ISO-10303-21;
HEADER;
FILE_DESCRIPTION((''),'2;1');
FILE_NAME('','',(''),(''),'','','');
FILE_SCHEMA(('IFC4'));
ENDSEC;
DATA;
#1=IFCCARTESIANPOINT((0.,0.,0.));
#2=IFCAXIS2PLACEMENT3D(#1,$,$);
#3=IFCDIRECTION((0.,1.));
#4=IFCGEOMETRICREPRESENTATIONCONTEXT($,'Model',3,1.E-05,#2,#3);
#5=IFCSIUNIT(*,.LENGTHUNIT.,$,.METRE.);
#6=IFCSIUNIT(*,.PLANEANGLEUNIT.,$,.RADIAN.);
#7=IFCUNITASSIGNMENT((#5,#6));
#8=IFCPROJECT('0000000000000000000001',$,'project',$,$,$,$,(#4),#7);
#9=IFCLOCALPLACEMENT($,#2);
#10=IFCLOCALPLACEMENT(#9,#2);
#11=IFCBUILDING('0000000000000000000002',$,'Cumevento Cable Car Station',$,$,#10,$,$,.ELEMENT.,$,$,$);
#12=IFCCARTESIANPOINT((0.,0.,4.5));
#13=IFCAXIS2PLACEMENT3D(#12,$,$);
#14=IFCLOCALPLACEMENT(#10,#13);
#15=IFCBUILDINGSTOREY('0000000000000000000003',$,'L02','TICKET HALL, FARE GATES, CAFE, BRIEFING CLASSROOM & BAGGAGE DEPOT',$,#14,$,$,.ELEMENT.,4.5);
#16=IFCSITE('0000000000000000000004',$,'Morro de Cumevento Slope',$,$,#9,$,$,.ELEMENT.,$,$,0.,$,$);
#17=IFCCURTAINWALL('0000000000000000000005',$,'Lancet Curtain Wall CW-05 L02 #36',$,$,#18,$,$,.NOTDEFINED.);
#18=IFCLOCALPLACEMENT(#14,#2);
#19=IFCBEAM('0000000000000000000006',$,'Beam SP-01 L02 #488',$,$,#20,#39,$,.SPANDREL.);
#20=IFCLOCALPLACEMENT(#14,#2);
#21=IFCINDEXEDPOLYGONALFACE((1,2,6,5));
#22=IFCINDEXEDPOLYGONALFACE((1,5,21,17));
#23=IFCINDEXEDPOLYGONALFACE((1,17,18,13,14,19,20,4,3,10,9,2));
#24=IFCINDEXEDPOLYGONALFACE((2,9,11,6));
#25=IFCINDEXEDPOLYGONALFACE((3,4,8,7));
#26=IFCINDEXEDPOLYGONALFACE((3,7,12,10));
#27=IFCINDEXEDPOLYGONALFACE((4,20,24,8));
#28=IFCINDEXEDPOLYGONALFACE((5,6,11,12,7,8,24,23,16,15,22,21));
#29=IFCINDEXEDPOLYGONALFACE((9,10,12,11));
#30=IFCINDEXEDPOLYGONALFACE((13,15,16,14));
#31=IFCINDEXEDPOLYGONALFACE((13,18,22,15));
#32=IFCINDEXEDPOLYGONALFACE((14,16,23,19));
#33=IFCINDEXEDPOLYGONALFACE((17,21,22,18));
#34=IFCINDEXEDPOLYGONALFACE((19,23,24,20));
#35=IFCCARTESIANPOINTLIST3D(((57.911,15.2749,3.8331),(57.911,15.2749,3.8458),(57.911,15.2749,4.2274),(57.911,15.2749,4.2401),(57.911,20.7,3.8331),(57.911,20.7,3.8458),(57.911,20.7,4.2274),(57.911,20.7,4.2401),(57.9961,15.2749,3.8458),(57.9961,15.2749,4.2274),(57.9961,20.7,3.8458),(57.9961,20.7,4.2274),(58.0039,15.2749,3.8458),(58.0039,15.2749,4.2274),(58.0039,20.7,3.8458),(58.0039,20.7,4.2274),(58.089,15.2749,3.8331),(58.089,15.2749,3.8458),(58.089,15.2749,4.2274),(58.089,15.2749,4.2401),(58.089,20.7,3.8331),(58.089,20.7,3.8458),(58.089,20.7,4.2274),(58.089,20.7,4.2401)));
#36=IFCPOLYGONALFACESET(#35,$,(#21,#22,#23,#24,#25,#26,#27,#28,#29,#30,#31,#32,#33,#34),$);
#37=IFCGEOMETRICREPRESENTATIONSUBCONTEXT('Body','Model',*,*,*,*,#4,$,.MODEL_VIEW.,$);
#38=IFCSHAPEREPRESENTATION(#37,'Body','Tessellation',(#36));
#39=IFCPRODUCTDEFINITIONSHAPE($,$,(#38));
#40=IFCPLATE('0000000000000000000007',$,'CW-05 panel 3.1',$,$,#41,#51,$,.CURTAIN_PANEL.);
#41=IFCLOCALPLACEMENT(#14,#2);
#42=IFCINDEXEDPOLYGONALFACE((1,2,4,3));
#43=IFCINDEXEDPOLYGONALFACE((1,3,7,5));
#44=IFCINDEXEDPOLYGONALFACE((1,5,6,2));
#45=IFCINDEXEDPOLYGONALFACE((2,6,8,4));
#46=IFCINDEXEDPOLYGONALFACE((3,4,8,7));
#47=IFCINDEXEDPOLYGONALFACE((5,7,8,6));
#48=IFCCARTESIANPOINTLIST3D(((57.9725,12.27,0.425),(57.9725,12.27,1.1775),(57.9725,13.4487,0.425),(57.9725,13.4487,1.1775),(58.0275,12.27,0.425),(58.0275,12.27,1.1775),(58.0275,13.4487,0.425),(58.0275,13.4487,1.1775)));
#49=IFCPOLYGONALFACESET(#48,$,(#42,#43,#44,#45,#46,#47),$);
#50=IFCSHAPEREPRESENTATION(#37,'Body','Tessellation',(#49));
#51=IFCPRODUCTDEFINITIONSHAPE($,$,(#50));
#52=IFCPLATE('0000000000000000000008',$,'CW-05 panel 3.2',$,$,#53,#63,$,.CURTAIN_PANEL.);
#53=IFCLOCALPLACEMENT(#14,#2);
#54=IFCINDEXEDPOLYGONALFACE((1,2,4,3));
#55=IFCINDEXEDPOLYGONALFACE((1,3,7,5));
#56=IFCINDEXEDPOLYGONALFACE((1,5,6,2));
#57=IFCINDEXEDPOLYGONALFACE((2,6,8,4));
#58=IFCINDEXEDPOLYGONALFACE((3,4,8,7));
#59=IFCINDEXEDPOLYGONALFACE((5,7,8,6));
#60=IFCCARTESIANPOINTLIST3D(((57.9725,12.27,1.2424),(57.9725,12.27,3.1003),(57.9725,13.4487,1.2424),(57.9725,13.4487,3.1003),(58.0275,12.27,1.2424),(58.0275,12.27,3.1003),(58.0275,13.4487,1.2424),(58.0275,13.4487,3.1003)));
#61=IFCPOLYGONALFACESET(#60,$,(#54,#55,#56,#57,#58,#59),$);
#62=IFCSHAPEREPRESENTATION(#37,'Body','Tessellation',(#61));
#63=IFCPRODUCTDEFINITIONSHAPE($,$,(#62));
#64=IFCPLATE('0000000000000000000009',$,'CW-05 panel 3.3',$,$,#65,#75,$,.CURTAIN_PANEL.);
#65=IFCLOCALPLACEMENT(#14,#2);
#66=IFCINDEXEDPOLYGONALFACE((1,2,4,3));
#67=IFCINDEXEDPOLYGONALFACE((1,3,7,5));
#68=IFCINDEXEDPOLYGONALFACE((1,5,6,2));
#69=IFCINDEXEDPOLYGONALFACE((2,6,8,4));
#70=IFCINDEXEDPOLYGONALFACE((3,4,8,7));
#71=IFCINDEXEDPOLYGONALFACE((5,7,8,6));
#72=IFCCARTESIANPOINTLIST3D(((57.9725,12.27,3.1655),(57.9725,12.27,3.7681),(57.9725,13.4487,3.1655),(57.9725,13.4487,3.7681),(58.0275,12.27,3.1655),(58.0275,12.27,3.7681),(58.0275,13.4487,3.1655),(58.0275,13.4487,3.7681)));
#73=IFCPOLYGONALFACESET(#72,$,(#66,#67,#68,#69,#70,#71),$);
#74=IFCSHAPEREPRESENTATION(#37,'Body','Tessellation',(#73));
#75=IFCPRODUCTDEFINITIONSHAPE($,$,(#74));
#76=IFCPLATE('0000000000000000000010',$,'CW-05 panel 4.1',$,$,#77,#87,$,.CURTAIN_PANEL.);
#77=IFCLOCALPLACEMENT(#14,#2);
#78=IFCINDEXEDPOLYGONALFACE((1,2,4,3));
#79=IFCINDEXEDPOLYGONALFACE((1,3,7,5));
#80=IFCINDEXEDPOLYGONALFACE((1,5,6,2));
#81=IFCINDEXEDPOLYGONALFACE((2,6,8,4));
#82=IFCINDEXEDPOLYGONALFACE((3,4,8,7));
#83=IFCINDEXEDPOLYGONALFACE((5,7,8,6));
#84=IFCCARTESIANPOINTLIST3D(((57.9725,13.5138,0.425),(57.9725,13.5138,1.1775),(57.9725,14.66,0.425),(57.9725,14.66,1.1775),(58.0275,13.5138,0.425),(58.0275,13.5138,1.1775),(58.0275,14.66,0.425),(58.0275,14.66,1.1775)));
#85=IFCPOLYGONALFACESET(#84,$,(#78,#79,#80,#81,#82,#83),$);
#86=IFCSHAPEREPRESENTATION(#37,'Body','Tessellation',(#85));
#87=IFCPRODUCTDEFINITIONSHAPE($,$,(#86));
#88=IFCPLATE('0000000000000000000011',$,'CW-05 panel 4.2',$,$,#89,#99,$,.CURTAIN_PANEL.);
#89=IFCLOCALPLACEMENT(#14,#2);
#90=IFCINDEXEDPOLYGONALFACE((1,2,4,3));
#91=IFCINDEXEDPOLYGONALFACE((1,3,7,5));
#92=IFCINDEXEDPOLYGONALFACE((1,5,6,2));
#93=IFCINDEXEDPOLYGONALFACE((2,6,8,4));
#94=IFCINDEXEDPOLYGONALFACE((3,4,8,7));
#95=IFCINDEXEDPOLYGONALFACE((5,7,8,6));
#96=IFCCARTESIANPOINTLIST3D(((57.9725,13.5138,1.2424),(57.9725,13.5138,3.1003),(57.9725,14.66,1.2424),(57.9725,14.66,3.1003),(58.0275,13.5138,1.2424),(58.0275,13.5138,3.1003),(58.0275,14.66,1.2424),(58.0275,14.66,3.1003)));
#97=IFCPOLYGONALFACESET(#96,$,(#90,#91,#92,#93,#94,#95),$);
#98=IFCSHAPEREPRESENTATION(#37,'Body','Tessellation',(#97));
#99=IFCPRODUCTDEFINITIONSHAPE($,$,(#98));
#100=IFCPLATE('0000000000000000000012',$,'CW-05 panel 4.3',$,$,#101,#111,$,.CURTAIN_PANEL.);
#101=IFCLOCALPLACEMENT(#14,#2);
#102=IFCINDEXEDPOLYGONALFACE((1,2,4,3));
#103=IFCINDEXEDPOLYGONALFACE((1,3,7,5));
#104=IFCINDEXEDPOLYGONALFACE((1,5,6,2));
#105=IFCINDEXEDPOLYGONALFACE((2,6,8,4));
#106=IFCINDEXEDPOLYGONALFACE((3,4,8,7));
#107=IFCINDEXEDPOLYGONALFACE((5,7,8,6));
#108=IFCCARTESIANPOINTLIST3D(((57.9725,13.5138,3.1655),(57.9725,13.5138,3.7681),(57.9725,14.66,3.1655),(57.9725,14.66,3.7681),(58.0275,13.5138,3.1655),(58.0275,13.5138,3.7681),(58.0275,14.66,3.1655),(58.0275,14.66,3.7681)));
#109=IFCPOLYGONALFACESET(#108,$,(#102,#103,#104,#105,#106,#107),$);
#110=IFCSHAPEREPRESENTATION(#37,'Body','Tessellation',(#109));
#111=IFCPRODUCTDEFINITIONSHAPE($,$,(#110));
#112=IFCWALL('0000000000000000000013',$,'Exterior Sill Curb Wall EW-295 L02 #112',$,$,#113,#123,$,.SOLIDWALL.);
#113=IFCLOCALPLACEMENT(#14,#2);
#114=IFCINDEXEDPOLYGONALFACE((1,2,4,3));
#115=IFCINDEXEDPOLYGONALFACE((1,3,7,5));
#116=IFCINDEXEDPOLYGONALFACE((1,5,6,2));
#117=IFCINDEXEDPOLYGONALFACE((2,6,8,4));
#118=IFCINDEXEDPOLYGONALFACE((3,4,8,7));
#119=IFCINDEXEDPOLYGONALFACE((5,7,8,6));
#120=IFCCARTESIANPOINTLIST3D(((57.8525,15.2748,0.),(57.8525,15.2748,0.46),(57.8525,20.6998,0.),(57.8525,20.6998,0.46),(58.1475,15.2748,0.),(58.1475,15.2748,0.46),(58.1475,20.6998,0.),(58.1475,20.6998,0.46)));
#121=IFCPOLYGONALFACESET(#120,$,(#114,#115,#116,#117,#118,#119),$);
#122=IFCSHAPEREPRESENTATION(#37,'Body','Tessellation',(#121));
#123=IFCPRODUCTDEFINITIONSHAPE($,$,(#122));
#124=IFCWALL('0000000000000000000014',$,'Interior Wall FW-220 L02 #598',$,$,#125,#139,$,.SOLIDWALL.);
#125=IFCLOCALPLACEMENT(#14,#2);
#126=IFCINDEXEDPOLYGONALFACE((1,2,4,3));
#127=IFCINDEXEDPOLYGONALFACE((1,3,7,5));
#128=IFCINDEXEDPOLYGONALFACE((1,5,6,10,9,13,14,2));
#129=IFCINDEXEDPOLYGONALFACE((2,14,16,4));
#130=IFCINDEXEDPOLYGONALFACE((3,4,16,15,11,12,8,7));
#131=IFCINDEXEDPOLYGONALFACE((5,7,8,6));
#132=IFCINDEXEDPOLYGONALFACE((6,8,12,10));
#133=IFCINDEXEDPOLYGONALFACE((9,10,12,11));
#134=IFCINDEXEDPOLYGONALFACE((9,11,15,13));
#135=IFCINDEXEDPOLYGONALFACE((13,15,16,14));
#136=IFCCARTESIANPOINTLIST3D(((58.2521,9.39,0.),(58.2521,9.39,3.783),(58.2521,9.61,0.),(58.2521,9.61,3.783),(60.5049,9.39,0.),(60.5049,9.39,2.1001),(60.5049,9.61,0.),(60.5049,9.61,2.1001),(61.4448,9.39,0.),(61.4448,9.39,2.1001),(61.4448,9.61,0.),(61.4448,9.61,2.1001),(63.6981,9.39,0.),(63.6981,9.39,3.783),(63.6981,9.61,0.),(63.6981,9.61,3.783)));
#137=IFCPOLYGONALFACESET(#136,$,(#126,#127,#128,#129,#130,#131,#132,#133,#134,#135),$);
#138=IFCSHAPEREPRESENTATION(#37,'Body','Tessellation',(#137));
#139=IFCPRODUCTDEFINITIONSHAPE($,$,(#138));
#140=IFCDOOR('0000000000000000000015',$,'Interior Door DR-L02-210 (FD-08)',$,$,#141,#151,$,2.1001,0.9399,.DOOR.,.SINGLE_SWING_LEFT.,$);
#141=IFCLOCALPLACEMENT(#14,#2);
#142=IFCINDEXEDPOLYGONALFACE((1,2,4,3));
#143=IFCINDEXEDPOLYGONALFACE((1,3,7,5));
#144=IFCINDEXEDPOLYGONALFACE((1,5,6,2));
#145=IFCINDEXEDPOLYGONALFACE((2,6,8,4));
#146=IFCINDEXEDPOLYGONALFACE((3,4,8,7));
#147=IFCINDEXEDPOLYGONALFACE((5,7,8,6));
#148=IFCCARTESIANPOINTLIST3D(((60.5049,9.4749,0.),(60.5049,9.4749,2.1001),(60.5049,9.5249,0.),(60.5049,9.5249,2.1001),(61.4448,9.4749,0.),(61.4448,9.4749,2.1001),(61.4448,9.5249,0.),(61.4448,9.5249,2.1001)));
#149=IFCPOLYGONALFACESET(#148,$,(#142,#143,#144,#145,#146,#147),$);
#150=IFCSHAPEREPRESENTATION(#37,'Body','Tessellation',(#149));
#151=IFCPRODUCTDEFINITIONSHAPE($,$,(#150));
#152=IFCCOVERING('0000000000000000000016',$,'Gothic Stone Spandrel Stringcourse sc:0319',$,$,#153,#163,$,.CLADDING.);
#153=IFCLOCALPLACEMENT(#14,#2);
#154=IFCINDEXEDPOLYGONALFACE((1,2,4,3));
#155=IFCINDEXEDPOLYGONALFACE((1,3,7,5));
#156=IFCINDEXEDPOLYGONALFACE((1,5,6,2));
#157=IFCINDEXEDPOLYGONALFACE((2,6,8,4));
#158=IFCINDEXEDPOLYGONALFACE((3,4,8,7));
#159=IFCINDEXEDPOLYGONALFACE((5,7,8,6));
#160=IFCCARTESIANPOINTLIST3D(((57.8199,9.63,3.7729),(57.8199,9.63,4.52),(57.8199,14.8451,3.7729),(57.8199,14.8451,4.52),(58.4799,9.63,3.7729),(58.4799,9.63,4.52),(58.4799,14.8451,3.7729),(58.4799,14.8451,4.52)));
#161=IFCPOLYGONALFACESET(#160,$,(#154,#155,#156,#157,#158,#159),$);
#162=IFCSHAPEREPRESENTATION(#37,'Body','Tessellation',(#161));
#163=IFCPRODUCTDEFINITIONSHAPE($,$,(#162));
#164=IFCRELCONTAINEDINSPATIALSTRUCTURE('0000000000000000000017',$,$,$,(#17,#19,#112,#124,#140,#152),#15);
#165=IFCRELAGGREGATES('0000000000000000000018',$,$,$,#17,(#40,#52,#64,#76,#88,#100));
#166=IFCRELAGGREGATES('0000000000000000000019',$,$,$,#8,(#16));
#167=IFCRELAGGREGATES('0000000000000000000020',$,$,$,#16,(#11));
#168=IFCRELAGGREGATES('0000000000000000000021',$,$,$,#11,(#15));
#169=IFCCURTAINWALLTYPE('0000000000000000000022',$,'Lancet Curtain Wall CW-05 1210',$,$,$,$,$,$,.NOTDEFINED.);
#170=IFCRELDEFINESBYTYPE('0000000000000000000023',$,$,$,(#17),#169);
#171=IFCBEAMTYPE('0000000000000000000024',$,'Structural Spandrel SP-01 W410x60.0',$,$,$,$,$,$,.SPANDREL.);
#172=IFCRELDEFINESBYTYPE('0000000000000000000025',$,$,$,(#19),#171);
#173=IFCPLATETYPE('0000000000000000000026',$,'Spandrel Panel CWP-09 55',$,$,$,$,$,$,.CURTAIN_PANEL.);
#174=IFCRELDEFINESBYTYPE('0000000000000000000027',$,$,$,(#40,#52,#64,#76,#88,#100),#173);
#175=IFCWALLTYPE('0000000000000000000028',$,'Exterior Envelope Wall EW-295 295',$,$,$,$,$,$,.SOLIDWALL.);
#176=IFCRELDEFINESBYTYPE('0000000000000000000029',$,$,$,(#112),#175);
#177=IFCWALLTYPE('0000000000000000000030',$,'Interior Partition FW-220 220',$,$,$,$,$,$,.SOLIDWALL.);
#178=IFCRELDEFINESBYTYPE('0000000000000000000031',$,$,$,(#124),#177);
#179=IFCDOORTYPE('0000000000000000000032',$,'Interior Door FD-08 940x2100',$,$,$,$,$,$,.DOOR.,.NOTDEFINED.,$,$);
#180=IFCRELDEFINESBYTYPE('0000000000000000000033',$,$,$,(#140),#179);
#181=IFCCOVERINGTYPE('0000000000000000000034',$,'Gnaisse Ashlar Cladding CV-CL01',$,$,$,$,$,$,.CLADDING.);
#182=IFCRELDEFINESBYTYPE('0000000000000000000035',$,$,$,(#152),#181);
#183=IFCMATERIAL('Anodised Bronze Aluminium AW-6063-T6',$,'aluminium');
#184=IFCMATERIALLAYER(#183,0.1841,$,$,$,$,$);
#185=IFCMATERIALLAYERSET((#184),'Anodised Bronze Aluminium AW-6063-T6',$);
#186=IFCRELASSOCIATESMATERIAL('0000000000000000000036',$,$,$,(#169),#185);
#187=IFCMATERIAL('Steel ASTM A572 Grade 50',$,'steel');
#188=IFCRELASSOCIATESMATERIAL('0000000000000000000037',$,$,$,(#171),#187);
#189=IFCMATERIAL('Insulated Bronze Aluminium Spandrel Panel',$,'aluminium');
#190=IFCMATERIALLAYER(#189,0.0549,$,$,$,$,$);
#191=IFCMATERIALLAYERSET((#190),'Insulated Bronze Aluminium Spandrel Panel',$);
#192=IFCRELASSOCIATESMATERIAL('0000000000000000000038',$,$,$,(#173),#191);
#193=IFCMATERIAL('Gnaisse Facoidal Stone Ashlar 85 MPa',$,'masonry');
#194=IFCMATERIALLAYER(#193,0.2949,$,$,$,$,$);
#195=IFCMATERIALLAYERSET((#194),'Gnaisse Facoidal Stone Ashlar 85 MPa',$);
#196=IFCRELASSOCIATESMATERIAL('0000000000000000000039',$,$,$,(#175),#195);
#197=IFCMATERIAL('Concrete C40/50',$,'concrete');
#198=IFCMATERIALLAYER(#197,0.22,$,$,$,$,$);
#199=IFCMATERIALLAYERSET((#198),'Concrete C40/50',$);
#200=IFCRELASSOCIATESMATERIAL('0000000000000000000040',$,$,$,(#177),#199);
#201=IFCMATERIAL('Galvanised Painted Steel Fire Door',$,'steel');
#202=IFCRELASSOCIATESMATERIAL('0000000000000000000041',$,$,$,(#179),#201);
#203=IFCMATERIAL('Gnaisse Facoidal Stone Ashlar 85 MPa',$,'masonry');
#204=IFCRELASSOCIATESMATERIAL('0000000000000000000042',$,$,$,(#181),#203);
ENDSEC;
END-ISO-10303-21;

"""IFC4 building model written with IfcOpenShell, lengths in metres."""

from ifc_helpers import new_model, si_unit, direction, frame, frame_2d, origin, origin_2d, place, context, subcontext, project, spatial, rectangle, i_section, extrude, material, layer, layer_set, material_profile, profile_set, type_object, element, fill, aggregate, save


model = new_model("IFC4")

# Units and contexts
model_context = context("Model", 3, precision=1e-05, world=origin(), true_north=direction((0.0, 1.0)))
body_context = subcontext(model_context, "Body", "Model", "MODEL_VIEW")
ifc_project = project(units=[si_unit("LENGTHUNIT", "METRE"), si_unit("PLANEANGLEUNIT", "RADIAN")], contexts=[model_context])

# Site, building, storey
site_placement = place(None, origin())
site = spatial("IfcSite", under=ifc_project, at=site_placement, Name="Morro de Cumevento Slope", CompositionType="ELEMENT", RefElevation=0.0)
building_placement = place(site_placement, origin())
building = spatial("IfcBuilding", under=site, at=building_placement, Name="Cumevento Cable Car Station", CompositionType="ELEMENT")
storey_placement = place(building_placement, frame((0.0, 0.0, 4.5)))
storey = spatial("IfcBuildingStorey", under=building, at=storey_placement, Name="L02", Description="TICKET HALL, FARE GATES, CAFE, BRIEFING CLASSROOM & BAGGAGE DEPOT", CompositionType="ELEMENT", Elevation=4.5)

# Curtain wall
ifc_material_1 = material(Name="Anodised Bronze Aluminium AW-6063-T6", Category="aluminium")
ifc_layer_1 = layer(ifc_material_1, 0.1841)
ifc_layer_set_1 = layer_set([ifc_layer_1], Name="Anodised Bronze Aluminium AW-6063-T6")
curtain_wall_type_1 = type_object("IfcCurtainWallType", Name="Lancet Curtain Wall CW-05 1210", PredefinedType="NOTDEFINED", material=ifc_layer_set_1)
curtain_wall_1_placement = place(storey_placement, origin())
curtain_wall_1 = element("IfcCurtainWall", 1, at=curtain_wall_1_placement, inside=storey, type_object=curtain_wall_type_1, Name="Lancet Curtain Wall CW-05 L02 #36", PredefinedType="NOTDEFINED")

# Beam
ifc_material_2 = material(Name="Steel ASTM A572 Grade 50", Category="steel")
ifc_material_profile_1 = material_profile(ifc_material_2, i_section(OverallWidth=0.178, OverallDepth=0.407, WebThickness=0.0078, FlangeThickness=0.0127, at=origin_2d()), Name="W410x60.0")
ifc_profile_set_1 = profile_set([ifc_material_profile_1], Name="Steel ASTM A572 Grade 50")
beam_type_1 = type_object("IfcBeamType", Name="Structural Spandrel SP-01 W410x60.0", PredefinedType="SPANDREL", material=ifc_profile_set_1)
beam_1_placement = place(storey_placement, frame((58.0, 15.2749, 4.0366), z_axis=(0.0, 1.0, 0.0), x_axis=(-1.0, 0.0, 0.0)))
element("IfcBeam", 2, at=beam_1_placement, inside=storey, type_object=beam_type_1, Name="Beam SP-01 L02 #488", PredefinedType="SPANDREL", context=body_context, shape_type="SweptSolid", body=[
    extrude(i_section(OverallWidth=0.178, OverallDepth=0.407, WebThickness=0.0078, FlangeThickness=0.0127, at=origin_2d()), origin(), (0.0, 0.0, 1.0), 5.425),
])

# Plates
ifc_material_3 = material(Name="Insulated Bronze Aluminium Spandrel Panel", Category="aluminium")
ifc_layer_2 = layer(ifc_material_3, 0.0549)
ifc_layer_set_2 = layer_set([ifc_layer_2], Name="Insulated Bronze Aluminium Spandrel Panel")
plate_type = type_object("IfcPlateType", Name="Spandrel Panel CWP-09 55", PredefinedType="CURTAIN_PANEL", material=ifc_layer_set_2)
plate_1_placement = place(storey_placement, frame((58.0, 12.8594, 0.425), z_axis=(0.0, 0.0, 1.0), x_axis=(0.0, 1.0, 0.0)))
plate_1 = element("IfcPlate", 3, at=plate_1_placement, type_object=plate_type, Name="CW-05 panel 3.1", PredefinedType="CURTAIN_PANEL", context=body_context, shape_type="SweptSolid", body=[
    extrude(rectangle(XDim=1.1787, YDim=0.0549, at=origin_2d()), origin(), (0.0, 0.0, 1.0), 0.7524),
])
plate_2_placement = place(storey_placement, frame((58.0, 12.8594, 1.2424), z_axis=(0.0, 0.0, 1.0), x_axis=(0.0, 1.0, 0.0)))
plate_2 = element("IfcPlate", 4, at=plate_2_placement, type_object=plate_type, Name="CW-05 panel 3.2", PredefinedType="CURTAIN_PANEL", context=body_context, shape_type="SweptSolid", body=[
    extrude(rectangle(XDim=1.1787, YDim=0.0549, at=origin_2d()), origin(), (0.0, 0.0, 1.0), 1.8579),
])
plate_3_placement = place(storey_placement, frame((58.0, 12.8594, 3.1655), z_axis=(0.0, 0.0, 1.0), x_axis=(0.0, 1.0, 0.0)))
plate_3 = element("IfcPlate", 5, at=plate_3_placement, type_object=plate_type, Name="CW-05 panel 3.3", PredefinedType="CURTAIN_PANEL", context=body_context, shape_type="SweptSolid", body=[
    extrude(rectangle(XDim=1.1787, YDim=0.0549, at=origin_2d()), origin(), (0.0, 0.0, 1.0), 0.6025),
])
plate_4_placement = place(storey_placement, frame((58.0, 14.0869, 0.425), z_axis=(0.0, 0.0, 1.0), x_axis=(0.0, 1.0, 0.0)))
plate_4 = element("IfcPlate", 6, at=plate_4_placement, type_object=plate_type, Name="CW-05 panel 4.1", PredefinedType="CURTAIN_PANEL", context=body_context, shape_type="SweptSolid", body=[
    extrude(rectangle(XDim=1.1462, YDim=0.0549, at=origin_2d()), origin(), (0.0, 0.0, 1.0), 0.7524),
])
plate_5_placement = place(storey_placement, frame((58.0, 14.0869, 1.2424), z_axis=(0.0, 0.0, 1.0), x_axis=(0.0, 1.0, 0.0)))
plate_5 = element("IfcPlate", 7, at=plate_5_placement, type_object=plate_type, Name="CW-05 panel 4.2", PredefinedType="CURTAIN_PANEL", context=body_context, shape_type="SweptSolid", body=[
    extrude(rectangle(XDim=1.1462, YDim=0.0549, at=origin_2d()), origin(), (0.0, 0.0, 1.0), 1.8579),
])
plate_6_placement = place(storey_placement, frame((58.0, 14.0869, 3.1655), z_axis=(0.0, 0.0, 1.0), x_axis=(0.0, 1.0, 0.0)))
plate_6 = element("IfcPlate", 8, at=plate_6_placement, type_object=plate_type, Name="CW-05 panel 4.3", PredefinedType="CURTAIN_PANEL", context=body_context, shape_type="SweptSolid", body=[
    extrude(rectangle(XDim=1.1462, YDim=0.0549, at=origin_2d()), origin(), (0.0, 0.0, 1.0), 0.6025),
])
aggregate(curtain_wall_1, [plate_1, plate_2, plate_3, plate_4, plate_5, plate_6])

# Wall
ifc_material_4 = material(Name="Gnaisse Facoidal Stone Ashlar 85 MPa", Category="masonry")
ifc_layer_3 = layer(ifc_material_4, 0.2949)
ifc_layer_set_3 = layer_set([ifc_layer_3], Name="Gnaisse Facoidal Stone Ashlar 85 MPa")
wall_type_1 = type_object("IfcWallType", Name="Exterior Envelope Wall EW-295 295", PredefinedType="SOLIDWALL", material=ifc_layer_set_3)
wall_1_placement = place(storey_placement, frame((58.0, 15.2749, 0.0), z_axis=(0.0, 0.0, 1.0), x_axis=(0.0, 1.0, 0.0)))
element("IfcWall", 9, at=wall_1_placement, inside=storey, type_object=wall_type_1, Name="Exterior Sill Curb Wall EW-295 L02 #112", PredefinedType="SOLIDWALL", context=body_context, shape_type="SweptSolid", body=[
    extrude(rectangle(XDim=5.425, YDim=0.2949, at=frame_2d((2.7124, 0.0))), origin(), (0.0, 0.0, 1.0), 0.46),
])

# Wall, opening, door
ifc_material_5 = material(Name="Concrete C40/50", Category="concrete")
ifc_layer_4 = layer(ifc_material_5, 0.22)
ifc_layer_set_4 = layer_set([ifc_layer_4], Name="Concrete C40/50")
wall_type_2 = type_object("IfcWallType", Name="Interior Partition FW-220 220", PredefinedType="SOLIDWALL", material=ifc_layer_set_4)
wall_2_placement = place(storey_placement, frame((58.252, 9.5, 0.0), z_axis=(0.0, 0.0, 1.0), x_axis=(1.0, 0.0, 0.0)))
wall_2 = element("IfcWall", 10, at=wall_2_placement, inside=storey, type_object=wall_type_2, Name="Interior Wall FW-220 L02 #598", PredefinedType="SOLIDWALL", context=body_context, shape_type="SweptSolid", body=[
    extrude(rectangle(XDim=5.446, YDim=0.22, at=frame_2d((2.7231, 0.0))), origin(), (0.0, 0.0, 1.0), 3.783),
])
opening_placement = place(wall_2_placement, frame((2.2529, 0.0, 0.0)))
opening = element("IfcOpeningElement", 11, at=opening_placement, cuts=wall_2, PredefinedType="OPENING", context=body_context, shape_type="SweptSolid", body=[
    extrude(rectangle(XDim=0.9399, YDim=2.1001, at=frame_2d((0.47, 1.05))), frame((0.0, 0.1199, 0.0), z_axis=(0.0, -1.0, 0.0), x_axis=(1.0, 0.0, 0.0)), (0.0, 0.0, 1.0), 0.24),
])
ifc_material_6 = material(Name="Galvanised Painted Steel Fire Door", Category="steel")
door_type = type_object("IfcDoorType", Name="Interior Door FD-08 940x2100", OperationType="NOTDEFINED", PredefinedType="DOOR", material=ifc_material_6)
door_placement = place(opening_placement, origin())
door = element("IfcDoor", 12, at=door_placement, inside=storey, type_object=door_type, Name="Interior Door DR-L02-210 (FD-08)", OperationType="SINGLE_SWING_LEFT", OverallHeight=2.1001, OverallWidth=0.9399, PredefinedType="DOOR", context=body_context, shape_type="SweptSolid", body=[
    extrude(rectangle(XDim=0.9399, YDim=2.1001, at=frame_2d((0.47, 1.05))), frame((0.0, 0.0249, 0.0), z_axis=(0.0, -1.0, 0.0), x_axis=(1.0, 0.0, 0.0)), (0.0, 0.0, 1.0), 0.05),
])
fill(opening, door)

# Covering
ifc_material_7 = material(Name="Gnaisse Facoidal Stone Ashlar 85 MPa", Category="masonry")
covering_type = type_object("IfcCoveringType", Name="Gnaisse Ashlar Cladding CV-CL01", PredefinedType="CLADDING", material=ifc_material_7)
covering_1_placement = place(storey_placement, frame((58.1499, 12.2375, 3.7729), z_axis=(0.0, 0.0, 1.0), x_axis=(0.0, 1.0, 0.0)))
element("IfcCovering", 13, at=covering_1_placement, inside=storey, type_object=covering_type, Name="Gothic Stone Spandrel Stringcourse sc:0319", PredefinedType="CLADDING", context=body_context, shape_type="SweptSolid", body=[
    extrude(rectangle(XDim=5.2151, YDim=0.6599, at=origin_2d()), origin(), (0.0, 0.0, 1.0), 0.7471),
])

save(model, "model.ifc")
